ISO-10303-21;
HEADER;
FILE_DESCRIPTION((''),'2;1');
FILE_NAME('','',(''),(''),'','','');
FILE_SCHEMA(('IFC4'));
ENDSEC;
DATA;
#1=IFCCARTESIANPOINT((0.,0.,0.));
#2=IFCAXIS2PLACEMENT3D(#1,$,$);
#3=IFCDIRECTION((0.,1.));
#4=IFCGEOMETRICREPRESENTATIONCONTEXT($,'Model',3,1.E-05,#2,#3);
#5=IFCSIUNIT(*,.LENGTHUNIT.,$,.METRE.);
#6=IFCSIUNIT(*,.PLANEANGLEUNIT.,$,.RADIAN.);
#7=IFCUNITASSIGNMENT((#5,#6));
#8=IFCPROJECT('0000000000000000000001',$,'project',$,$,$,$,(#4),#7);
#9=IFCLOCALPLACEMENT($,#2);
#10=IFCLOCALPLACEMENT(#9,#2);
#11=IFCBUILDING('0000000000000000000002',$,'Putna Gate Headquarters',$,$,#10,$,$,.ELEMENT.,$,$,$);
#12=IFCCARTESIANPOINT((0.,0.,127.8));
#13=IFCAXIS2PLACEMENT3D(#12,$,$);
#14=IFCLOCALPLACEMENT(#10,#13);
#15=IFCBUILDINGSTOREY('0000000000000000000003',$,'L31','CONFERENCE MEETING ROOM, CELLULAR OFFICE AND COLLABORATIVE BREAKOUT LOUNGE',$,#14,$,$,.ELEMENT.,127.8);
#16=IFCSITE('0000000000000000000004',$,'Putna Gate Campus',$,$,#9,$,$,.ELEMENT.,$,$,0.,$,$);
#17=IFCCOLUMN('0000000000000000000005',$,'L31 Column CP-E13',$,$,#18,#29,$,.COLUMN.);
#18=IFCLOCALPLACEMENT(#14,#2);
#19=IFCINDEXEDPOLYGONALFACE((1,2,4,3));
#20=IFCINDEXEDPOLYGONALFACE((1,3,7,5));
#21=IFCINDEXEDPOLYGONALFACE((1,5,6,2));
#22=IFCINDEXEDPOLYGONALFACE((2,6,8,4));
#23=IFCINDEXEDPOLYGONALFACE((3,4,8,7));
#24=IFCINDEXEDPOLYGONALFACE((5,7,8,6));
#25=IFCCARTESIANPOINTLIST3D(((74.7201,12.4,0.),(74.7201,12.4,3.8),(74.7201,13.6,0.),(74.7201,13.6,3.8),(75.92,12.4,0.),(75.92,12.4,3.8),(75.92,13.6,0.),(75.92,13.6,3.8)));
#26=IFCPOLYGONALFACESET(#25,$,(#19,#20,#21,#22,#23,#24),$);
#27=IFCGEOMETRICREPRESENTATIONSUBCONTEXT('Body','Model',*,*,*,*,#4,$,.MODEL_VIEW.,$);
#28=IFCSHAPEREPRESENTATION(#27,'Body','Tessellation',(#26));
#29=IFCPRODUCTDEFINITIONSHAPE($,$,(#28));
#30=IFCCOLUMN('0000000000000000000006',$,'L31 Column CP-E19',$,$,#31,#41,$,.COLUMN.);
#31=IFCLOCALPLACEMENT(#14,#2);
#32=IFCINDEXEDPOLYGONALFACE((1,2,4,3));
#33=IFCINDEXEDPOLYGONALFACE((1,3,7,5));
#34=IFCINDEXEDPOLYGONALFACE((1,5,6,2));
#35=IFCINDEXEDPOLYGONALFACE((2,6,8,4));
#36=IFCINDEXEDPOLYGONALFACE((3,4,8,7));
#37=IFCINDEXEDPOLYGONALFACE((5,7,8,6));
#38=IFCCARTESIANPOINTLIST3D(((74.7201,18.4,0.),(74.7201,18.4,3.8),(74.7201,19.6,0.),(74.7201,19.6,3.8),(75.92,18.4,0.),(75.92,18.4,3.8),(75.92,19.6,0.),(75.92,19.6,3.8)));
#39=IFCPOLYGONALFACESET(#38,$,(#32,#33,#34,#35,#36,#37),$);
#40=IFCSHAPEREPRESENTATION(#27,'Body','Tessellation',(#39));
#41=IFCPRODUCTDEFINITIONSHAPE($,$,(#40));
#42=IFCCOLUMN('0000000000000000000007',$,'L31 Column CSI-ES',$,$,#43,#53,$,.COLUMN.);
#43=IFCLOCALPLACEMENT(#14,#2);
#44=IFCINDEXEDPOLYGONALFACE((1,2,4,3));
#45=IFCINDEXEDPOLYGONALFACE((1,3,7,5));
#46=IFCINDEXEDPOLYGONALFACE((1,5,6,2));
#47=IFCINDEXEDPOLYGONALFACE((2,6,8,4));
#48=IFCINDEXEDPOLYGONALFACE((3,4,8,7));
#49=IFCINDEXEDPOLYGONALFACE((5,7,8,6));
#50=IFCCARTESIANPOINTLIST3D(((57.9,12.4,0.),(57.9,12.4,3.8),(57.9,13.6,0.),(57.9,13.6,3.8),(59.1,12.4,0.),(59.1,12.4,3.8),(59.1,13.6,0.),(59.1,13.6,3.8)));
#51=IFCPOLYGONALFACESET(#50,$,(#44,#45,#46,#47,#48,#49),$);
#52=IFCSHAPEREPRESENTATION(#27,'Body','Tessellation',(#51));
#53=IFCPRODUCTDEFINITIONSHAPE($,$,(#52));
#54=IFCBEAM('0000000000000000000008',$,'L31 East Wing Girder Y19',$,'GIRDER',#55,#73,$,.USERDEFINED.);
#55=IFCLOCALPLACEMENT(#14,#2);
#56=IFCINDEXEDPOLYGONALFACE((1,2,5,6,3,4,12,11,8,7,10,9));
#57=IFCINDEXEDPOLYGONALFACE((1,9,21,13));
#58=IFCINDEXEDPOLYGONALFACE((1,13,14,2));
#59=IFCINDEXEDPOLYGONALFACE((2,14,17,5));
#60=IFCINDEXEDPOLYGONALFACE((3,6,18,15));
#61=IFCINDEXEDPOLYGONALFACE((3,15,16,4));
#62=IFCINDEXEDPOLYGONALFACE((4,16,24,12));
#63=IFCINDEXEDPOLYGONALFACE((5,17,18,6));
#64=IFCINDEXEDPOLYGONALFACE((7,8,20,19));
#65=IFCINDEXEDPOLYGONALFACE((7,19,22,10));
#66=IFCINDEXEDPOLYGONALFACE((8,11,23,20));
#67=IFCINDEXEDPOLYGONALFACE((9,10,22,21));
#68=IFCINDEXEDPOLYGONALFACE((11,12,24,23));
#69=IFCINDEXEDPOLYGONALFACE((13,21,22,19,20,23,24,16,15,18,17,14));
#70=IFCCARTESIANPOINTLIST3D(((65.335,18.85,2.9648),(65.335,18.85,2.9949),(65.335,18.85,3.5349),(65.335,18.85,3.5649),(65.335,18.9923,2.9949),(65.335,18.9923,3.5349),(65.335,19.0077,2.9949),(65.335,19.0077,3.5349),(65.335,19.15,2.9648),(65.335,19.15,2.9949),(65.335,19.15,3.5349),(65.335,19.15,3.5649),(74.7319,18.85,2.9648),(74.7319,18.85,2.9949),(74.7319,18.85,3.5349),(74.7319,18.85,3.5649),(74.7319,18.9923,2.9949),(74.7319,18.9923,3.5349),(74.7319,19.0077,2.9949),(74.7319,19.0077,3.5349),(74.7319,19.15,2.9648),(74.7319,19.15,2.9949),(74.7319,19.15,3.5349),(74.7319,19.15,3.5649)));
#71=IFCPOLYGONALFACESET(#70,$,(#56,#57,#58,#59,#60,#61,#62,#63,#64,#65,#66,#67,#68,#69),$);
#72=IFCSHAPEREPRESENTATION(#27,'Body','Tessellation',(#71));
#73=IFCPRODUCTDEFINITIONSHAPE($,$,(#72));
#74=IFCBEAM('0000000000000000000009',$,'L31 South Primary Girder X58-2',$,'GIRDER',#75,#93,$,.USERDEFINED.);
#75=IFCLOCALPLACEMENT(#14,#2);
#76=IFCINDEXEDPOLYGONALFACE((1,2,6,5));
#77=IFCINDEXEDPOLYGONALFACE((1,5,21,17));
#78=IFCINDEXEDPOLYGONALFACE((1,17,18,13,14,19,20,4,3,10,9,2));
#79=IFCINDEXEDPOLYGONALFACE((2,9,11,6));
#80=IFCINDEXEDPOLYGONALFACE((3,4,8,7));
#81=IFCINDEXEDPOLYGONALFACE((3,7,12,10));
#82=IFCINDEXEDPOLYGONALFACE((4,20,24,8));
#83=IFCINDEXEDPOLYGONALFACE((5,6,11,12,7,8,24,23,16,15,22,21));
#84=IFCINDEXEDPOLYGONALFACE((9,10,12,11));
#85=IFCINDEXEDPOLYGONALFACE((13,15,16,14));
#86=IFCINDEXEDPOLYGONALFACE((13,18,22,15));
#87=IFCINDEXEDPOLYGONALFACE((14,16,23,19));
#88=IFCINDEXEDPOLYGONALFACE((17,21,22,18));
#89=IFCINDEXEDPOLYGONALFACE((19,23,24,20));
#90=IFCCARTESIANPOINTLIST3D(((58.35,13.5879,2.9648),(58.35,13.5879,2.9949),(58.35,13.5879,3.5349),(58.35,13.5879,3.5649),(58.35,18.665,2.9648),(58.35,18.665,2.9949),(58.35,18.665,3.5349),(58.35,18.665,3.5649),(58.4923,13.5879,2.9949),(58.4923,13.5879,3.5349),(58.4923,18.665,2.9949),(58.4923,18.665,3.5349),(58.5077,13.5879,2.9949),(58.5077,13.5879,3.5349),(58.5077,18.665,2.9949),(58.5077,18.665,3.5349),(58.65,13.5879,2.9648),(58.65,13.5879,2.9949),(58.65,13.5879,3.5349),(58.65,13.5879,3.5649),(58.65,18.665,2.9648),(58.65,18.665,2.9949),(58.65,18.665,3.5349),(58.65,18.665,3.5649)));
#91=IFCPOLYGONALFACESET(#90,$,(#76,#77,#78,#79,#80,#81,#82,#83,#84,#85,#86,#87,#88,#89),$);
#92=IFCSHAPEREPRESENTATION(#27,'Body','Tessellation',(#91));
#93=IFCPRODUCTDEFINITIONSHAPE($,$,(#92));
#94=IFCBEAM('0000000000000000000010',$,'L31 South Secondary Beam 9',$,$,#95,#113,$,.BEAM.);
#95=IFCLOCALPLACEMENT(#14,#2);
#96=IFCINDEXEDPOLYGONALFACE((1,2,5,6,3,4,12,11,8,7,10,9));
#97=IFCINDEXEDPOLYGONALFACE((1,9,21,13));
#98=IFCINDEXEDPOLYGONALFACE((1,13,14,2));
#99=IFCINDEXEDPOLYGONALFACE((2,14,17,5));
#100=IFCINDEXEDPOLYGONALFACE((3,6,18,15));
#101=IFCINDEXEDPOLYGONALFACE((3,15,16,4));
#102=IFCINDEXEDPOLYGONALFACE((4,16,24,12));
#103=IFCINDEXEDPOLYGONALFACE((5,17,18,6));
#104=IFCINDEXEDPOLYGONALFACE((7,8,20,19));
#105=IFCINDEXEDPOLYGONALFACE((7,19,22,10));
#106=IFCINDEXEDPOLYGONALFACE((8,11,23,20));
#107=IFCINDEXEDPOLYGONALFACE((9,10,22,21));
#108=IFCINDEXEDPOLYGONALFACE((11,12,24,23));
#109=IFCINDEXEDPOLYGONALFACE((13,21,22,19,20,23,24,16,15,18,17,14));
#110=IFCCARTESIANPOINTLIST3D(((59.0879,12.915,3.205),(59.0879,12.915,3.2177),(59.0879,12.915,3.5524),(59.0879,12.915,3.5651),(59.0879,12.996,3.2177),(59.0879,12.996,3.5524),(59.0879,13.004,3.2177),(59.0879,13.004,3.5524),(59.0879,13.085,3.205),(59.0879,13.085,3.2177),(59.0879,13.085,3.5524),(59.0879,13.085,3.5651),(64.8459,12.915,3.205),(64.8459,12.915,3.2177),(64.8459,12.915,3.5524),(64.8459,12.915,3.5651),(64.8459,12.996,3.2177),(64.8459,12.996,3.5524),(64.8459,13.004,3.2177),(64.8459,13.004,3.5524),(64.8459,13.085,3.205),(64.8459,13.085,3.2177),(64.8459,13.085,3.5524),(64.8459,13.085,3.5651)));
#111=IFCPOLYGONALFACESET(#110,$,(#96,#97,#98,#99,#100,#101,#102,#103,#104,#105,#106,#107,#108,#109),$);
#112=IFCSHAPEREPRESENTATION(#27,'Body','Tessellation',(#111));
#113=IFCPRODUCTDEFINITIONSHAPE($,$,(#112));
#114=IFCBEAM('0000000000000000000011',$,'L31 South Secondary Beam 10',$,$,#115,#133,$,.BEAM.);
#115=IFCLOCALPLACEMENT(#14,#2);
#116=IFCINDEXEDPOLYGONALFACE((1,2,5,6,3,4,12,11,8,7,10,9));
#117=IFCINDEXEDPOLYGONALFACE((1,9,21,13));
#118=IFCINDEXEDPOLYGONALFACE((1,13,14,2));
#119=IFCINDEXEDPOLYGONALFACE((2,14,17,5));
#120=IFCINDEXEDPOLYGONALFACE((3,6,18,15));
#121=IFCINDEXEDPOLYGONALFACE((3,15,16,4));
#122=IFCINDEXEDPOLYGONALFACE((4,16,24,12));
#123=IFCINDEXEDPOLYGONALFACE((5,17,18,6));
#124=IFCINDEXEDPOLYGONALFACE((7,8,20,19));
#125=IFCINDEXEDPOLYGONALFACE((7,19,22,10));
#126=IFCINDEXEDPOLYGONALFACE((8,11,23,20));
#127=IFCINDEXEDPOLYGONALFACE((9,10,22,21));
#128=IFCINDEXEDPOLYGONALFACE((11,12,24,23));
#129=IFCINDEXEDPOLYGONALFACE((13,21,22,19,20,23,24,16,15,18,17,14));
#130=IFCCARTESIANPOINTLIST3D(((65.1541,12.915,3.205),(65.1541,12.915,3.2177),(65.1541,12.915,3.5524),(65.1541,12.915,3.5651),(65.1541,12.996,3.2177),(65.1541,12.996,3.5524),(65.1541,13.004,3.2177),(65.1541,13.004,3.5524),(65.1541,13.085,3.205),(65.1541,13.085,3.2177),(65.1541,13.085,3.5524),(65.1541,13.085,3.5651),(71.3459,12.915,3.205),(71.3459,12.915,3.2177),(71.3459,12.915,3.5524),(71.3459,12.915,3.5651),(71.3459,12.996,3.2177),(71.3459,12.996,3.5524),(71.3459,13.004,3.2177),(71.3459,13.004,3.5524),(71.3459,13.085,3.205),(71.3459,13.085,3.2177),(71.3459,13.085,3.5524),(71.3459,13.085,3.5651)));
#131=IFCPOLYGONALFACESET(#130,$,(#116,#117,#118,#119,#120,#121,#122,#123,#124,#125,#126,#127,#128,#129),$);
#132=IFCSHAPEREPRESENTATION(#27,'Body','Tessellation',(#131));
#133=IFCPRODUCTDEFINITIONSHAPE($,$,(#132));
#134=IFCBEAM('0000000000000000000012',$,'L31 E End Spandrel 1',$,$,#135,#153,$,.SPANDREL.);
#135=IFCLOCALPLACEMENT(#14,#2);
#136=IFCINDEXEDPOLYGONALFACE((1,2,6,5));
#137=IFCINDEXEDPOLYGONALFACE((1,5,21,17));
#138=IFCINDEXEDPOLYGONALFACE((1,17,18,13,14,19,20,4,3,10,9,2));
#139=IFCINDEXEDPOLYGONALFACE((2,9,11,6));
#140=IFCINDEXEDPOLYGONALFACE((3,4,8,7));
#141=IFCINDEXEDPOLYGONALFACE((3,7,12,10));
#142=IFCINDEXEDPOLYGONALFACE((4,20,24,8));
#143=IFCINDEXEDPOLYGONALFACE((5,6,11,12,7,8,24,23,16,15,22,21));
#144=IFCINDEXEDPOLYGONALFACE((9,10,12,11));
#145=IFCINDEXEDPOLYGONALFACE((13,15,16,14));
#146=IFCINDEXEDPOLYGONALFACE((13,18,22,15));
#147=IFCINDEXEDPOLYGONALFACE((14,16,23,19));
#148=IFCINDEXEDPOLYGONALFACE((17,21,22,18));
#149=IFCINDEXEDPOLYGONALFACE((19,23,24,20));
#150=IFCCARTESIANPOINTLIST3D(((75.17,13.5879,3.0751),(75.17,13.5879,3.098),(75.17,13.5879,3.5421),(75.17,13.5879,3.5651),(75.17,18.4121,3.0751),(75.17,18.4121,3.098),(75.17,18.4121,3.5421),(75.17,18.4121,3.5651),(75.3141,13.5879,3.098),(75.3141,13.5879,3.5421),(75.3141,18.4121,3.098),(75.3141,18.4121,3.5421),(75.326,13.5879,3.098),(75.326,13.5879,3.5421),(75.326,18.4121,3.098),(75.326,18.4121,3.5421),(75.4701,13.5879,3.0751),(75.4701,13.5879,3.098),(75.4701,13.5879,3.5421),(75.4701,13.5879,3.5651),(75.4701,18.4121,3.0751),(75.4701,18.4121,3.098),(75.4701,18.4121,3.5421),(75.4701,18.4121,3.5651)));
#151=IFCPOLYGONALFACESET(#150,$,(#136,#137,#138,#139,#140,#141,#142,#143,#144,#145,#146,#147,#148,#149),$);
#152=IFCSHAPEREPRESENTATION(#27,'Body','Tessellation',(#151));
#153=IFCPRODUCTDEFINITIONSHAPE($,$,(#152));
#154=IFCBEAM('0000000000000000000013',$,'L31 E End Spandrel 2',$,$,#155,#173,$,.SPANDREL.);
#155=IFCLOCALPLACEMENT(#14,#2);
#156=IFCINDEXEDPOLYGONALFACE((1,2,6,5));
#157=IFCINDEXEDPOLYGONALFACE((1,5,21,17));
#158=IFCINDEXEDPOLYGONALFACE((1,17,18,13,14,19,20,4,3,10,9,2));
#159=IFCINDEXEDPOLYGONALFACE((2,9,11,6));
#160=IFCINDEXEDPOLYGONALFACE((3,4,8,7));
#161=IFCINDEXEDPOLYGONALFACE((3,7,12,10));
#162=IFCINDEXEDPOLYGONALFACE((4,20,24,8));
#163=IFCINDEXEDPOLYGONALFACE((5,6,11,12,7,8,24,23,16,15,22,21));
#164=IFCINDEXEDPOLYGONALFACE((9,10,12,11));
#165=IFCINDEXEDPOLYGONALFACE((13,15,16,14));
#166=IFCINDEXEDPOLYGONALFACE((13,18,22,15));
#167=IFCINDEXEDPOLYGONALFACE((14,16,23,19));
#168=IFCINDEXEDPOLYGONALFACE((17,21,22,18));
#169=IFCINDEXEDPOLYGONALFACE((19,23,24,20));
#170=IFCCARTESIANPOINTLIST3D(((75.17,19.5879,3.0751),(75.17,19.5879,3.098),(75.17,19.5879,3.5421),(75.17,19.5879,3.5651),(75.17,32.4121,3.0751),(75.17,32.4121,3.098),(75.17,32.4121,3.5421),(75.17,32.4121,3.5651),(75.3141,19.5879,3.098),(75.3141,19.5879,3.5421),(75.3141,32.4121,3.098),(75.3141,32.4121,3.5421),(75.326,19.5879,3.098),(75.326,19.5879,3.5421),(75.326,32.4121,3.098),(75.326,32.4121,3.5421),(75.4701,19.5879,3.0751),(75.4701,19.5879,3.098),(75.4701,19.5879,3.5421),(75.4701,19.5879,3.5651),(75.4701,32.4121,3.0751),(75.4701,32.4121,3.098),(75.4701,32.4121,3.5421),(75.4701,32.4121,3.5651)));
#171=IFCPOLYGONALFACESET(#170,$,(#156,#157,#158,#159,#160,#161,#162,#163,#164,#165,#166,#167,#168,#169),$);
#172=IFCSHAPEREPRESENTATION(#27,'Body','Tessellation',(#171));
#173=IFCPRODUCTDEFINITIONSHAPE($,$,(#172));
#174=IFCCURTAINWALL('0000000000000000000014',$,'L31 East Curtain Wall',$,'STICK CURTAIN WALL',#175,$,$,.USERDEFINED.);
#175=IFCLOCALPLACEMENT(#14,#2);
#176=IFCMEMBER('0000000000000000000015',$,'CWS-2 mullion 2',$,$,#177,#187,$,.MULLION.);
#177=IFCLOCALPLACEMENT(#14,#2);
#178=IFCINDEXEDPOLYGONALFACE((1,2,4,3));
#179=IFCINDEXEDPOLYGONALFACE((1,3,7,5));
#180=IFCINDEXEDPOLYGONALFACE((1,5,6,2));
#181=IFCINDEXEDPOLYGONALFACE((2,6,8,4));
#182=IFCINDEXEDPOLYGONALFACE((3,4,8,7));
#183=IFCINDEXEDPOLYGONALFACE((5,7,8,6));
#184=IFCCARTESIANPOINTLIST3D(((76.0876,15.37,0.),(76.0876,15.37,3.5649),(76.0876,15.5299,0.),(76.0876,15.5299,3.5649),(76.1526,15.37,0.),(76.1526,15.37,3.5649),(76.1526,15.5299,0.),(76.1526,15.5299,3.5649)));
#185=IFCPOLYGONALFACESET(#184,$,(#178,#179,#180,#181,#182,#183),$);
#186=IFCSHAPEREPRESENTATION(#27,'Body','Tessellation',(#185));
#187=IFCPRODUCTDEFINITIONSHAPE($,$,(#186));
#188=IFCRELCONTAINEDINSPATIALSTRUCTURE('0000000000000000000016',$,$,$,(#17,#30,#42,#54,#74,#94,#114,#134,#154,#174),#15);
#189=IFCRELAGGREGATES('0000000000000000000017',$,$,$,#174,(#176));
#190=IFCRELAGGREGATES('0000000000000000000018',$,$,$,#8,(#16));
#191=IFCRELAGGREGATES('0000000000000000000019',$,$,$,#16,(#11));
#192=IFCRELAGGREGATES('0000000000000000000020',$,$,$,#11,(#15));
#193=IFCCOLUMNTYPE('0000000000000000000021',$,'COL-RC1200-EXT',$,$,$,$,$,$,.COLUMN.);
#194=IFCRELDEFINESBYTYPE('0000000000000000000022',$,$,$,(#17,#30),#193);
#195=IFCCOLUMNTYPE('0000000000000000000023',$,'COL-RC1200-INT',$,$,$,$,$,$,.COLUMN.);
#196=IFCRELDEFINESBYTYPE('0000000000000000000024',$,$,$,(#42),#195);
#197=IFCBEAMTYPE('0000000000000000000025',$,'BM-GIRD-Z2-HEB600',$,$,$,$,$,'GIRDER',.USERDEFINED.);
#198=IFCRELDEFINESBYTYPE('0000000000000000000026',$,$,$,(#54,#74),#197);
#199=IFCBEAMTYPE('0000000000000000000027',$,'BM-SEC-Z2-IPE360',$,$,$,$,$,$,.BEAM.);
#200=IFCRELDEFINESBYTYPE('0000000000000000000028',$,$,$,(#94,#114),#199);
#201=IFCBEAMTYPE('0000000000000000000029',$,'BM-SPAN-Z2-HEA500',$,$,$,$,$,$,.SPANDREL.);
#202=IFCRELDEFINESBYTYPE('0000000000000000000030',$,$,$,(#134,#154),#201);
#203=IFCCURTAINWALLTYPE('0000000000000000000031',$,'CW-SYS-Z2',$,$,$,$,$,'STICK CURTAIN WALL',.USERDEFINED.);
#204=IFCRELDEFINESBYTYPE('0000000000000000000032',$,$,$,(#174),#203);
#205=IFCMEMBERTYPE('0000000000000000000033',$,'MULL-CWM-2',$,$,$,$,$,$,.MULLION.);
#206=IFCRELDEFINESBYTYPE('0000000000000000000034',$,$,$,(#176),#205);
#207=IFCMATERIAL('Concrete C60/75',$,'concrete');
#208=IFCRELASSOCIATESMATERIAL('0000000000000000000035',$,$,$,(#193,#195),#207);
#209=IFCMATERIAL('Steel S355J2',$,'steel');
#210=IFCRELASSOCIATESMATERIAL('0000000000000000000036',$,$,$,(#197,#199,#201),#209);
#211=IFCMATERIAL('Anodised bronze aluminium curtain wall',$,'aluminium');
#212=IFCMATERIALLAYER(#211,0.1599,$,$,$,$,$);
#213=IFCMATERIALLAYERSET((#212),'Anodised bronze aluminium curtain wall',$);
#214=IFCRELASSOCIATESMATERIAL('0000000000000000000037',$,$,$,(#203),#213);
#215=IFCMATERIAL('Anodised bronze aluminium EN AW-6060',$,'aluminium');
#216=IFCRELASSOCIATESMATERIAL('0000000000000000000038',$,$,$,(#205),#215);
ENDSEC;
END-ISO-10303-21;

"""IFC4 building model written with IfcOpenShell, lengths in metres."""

from ifc_helpers import new_model, si_unit, direction, frame, origin, origin_2d, place, context, subcontext, project, spatial, rectangle, i_section, extrude, material, layer, layer_set, material_profile, profile_set, type_object, element, aggregate, save


model = new_model("IFC4")

# Units and contexts
model_context = context("Model", 3, precision=1e-05, world=origin(), true_north=direction((0.0, 1.0)))
body_context = subcontext(model_context, "Body", "Model", "MODEL_VIEW")
ifc_project = project(units=[si_unit("LENGTHUNIT", "METRE"), si_unit("PLANEANGLEUNIT", "RADIAN")], contexts=[model_context])

# Site, building, storey
site_placement = place(None, origin())
site = spatial("IfcSite", under=ifc_project, at=site_placement, Name="Putna Gate Campus", CompositionType="ELEMENT", RefElevation=0.0)
building_placement = place(site_placement, origin())
building = spatial("IfcBuilding", under=site, at=building_placement, Name="Putna Gate Headquarters", CompositionType="ELEMENT")
storey_placement = place(building_placement, frame((0.0, 0.0, 127.8)))
storey = spatial("IfcBuildingStorey", under=building, at=storey_placement, Name="L31", Description="CONFERENCE MEETING ROOM, CELLULAR OFFICE AND COLLABORATIVE BREAKOUT LOUNGE", CompositionType="ELEMENT", Elevation=127.8)

# Columns
ifc_material_1 = material(Name="Concrete C60/75", Category="concrete")
ifc_material_profile_1 = material_profile(ifc_material_1, rectangle(XDim=1.2, YDim=1.2, at=origin_2d()), Name="Concrete C60/75")
ifc_profile_set_1 = profile_set([ifc_material_profile_1], Name="Concrete C60/75")
column_type_1 = type_object("IfcColumnType", Name="COL-RC1200-EXT", PredefinedType="COLUMN", material=ifc_profile_set_1)
for number, where, z_axis, x_axis, name in (
    (1, (75.3201, 13.0, 0.0), (0.0, 0.0, 1.0), (1.0, 0.0, 0.0), "L31 Column CP-E13"),
    (2, (75.3201, 19.0, 0.0), (0.0, 0.0, 1.0), (1.0, 0.0, 0.0), "L31 Column CP-E19"),
):
    element("IfcColumn", number, at=place(storey_placement, frame(where, z_axis=z_axis, x_axis=x_axis)), inside=storey, type_object=column_type_1, Name=name, PredefinedType="COLUMN", context=body_context, shape_type="SweptSolid", body=[
        extrude(rectangle(XDim=1.2, YDim=1.2, at=origin_2d()), origin(), (0.0, 0.0, 1.0), 3.8),
    ])
ifc_material_profile_2 = material_profile(ifc_material_1, rectangle(XDim=1.2, YDim=1.2, at=origin_2d()), Name="Concrete C60/75")
ifc_profile_set_2 = profile_set([ifc_material_profile_2], Name="Concrete C60/75")
column_type_2 = type_object("IfcColumnType", Name="COL-RC1200-INT", PredefinedType="COLUMN", material=ifc_profile_set_2)
column_placement = place(storey_placement, frame((58.5, 13.0, 0.0), z_axis=(0.0, 0.0, 1.0), x_axis=(1.0, 0.0, 0.0)))
element("IfcColumn", 3, at=column_placement, inside=storey, type_object=column_type_2, Name="L31 Column CSI-ES", PredefinedType="COLUMN", context=body_context, shape_type="SweptSolid", body=[
    extrude(rectangle(XDim=1.2, YDim=1.2, at=origin_2d()), origin(), (0.0, 0.0, 1.0), 3.8),
])

# Beams
ifc_material_2 = material(Name="Steel S355J2", Category="steel")
ifc_material_profile_3 = material_profile(ifc_material_2, i_section(OverallWidth=0.3, OverallDepth=0.6001, WebThickness=0.0154, FlangeThickness=0.03, at=origin_2d()), Name="Steel S355J2")
ifc_profile_set_3 = profile_set([ifc_material_profile_3], Name="Steel S355J2")
beam_type_1 = type_object("IfcBeamType", Name="BM-GIRD-Z2-HEB600", ElementType="GIRDER", PredefinedType="USERDEFINED", material=ifc_profile_set_3)
beam_1_placement = place(storey_placement, frame((65.335, 19.0, 3.2649), z_axis=(1.0, 0.0, 0.0), x_axis=(0.0, 1.0, 0.0)))
element("IfcBeam", 4, at=beam_1_placement, inside=storey, type_object=beam_type_1, Name="L31 East Wing Girder Y19", ObjectType="GIRDER", PredefinedType="USERDEFINED", context=body_context, shape_type="SweptSolid", body=[
    extrude(i_section(OverallWidth=0.3, OverallDepth=0.6001, WebThickness=0.0154, FlangeThickness=0.03, at=origin_2d()), origin(), (0.0, 0.0, 1.0), 9.397),
])
beam_2_placement = place(storey_placement, frame((58.5, 13.5879, 3.2649), z_axis=(0.0, 1.0, 0.0), x_axis=(-1.0, 0.0, 0.0)))
element("IfcBeam", 5, at=beam_2_placement, inside=storey, type_object=beam_type_1, Name="L31 South Primary Girder X58-2", ObjectType="GIRDER", PredefinedType="USERDEFINED", context=body_context, shape_type="SweptSolid", body=[
    extrude(i_section(OverallWidth=0.3, OverallDepth=0.6001, WebThickness=0.0154, FlangeThickness=0.03, at=origin_2d()), origin(), (0.0, 0.0, 1.0), 5.0771),
])
ifc_material_profile_4 = material_profile(ifc_material_2, i_section(OverallWidth=0.1699, OverallDepth=0.3601, WebThickness=0.0081, FlangeThickness=0.0127, at=origin_2d()), Name="Steel S355J2")
ifc_profile_set_4 = profile_set([ifc_material_profile_4], Name="Steel S355J2")
beam_type_2 = type_object("IfcBeamType", Name="BM-SEC-Z2-IPE360", PredefinedType="BEAM", material=ifc_profile_set_4)
beam_3_placement = place(storey_placement, frame((59.0879, 13.0, 3.385), z_axis=(1.0, 0.0, 0.0), x_axis=(0.0, 1.0, 0.0)))
element("IfcBeam", 6, at=beam_3_placement, inside=storey, type_object=beam_type_2, Name="L31 South Secondary Beam 9", PredefinedType="BEAM", context=body_context, shape_type="SweptSolid", body=[
    extrude(i_section(OverallWidth=0.1699, OverallDepth=0.3601, WebThickness=0.0081, FlangeThickness=0.0127, at=origin_2d()), origin(), (0.0, 0.0, 1.0), 5.7581),
])
beam_4_placement = place(storey_placement, frame((65.1541, 13.0, 3.385), z_axis=(1.0, 0.0, 0.0), x_axis=(0.0, 1.0, 0.0)))
element("IfcBeam", 7, at=beam_4_placement, inside=storey, type_object=beam_type_2, Name="L31 South Secondary Beam 10", PredefinedType="BEAM", context=body_context, shape_type="SweptSolid", body=[
    extrude(i_section(OverallWidth=0.1699, OverallDepth=0.3601, WebThickness=0.0081, FlangeThickness=0.0127, at=origin_2d()), origin(), (0.0, 0.0, 1.0), 6.1919),
])
ifc_material_profile_5 = material_profile(ifc_material_2, i_section(OverallWidth=0.3, OverallDepth=0.49, WebThickness=0.012, FlangeThickness=0.0229, at=origin_2d()), Name="Steel S355J2")
ifc_profile_set_5 = profile_set([ifc_material_profile_5], Name="Steel S355J2")
beam_type_3 = type_object("IfcBeamType", Name="BM-SPAN-Z2-HEA500", PredefinedType="SPANDREL", material=ifc_profile_set_5)
beam_5_placement = place(storey_placement, frame((75.3201, 13.5879, 3.3201), z_axis=(0.0, 1.0, 0.0), x_axis=(-1.0, 0.0, 0.0)))
element("IfcBeam", 8, at=beam_5_placement, inside=storey, type_object=beam_type_3, Name="L31 E End Spandrel 1", PredefinedType="SPANDREL", context=body_context, shape_type="SweptSolid", body=[
    extrude(i_section(OverallWidth=0.3, OverallDepth=0.49, WebThickness=0.012, FlangeThickness=0.0229, at=origin_2d()), origin(), (0.0, 0.0, 1.0), 4.8242),
])
beam_6_placement = place(storey_placement, frame((75.3201, 19.5879, 3.3201), z_axis=(0.0, 1.0, 0.0), x_axis=(-1.0, 0.0, 0.0)))
element("IfcBeam", 9, at=beam_6_placement, inside=storey, type_object=beam_type_3, Name="L31 E End Spandrel 2", PredefinedType="SPANDREL", context=body_context, shape_type="SweptSolid", body=[
    extrude(i_section(OverallWidth=0.3, OverallDepth=0.49, WebThickness=0.012, FlangeThickness=0.0229, at=origin_2d()), origin(), (0.0, 0.0, 1.0), 12.8242),
])

# Curtain wall, member
ifc_material_3 = material(Name="Anodised bronze aluminium curtain wall", Category="aluminium")
ifc_layer_1 = layer(ifc_material_3, 0.1599)
ifc_layer_set_1 = layer_set([ifc_layer_1], Name="Anodised bronze aluminium curtain wall")
curtain_wall_type = type_object("IfcCurtainWallType", Name="CW-SYS-Z2", ElementType="STICK CURTAIN WALL", PredefinedType="USERDEFINED", material=ifc_layer_set_1)
curtain_wall_placement = place(storey_placement, origin())
curtain_wall = element("IfcCurtainWall", 10, at=curtain_wall_placement, inside=storey, type_object=curtain_wall_type, Name="L31 East Curtain Wall", ObjectType="STICK CURTAIN WALL", PredefinedType="USERDEFINED")
ifc_material_4 = material(Name="Anodised bronze aluminium EN AW-6060", Category="aluminium")
ifc_material_profile_6 = material_profile(ifc_material_4, rectangle(XDim=0.0649, YDim=0.1599, at=origin_2d()), Name="Anodised bronze aluminium EN AW-6060")
ifc_profile_set_6 = profile_set([ifc_material_profile_6], Name="Anodised bronze aluminium EN AW-6060")
member_type_1 = type_object("IfcMemberType", Name="MULL-CWM-2", PredefinedType="MULLION", material=ifc_profile_set_6)
member_1_placement = place(storey_placement, frame((76.1201, 15.45, 0.0), z_axis=(0.0, 0.0, 1.0), x_axis=(-1.0, 0.0, 0.0)))
member_1 = element("IfcMember", 11, at=member_1_placement, type_object=member_type_1, Name="CWS-2 mullion 2", PredefinedType="MULLION", context=body_context, shape_type="SweptSolid", body=[
    extrude(rectangle(XDim=0.0649, YDim=0.1599, at=origin_2d()), origin(), (0.0, 0.0, 1.0), 3.5649),
])
aggregate(curtain_wall, [member_1])

save(model, "model.ifc")
